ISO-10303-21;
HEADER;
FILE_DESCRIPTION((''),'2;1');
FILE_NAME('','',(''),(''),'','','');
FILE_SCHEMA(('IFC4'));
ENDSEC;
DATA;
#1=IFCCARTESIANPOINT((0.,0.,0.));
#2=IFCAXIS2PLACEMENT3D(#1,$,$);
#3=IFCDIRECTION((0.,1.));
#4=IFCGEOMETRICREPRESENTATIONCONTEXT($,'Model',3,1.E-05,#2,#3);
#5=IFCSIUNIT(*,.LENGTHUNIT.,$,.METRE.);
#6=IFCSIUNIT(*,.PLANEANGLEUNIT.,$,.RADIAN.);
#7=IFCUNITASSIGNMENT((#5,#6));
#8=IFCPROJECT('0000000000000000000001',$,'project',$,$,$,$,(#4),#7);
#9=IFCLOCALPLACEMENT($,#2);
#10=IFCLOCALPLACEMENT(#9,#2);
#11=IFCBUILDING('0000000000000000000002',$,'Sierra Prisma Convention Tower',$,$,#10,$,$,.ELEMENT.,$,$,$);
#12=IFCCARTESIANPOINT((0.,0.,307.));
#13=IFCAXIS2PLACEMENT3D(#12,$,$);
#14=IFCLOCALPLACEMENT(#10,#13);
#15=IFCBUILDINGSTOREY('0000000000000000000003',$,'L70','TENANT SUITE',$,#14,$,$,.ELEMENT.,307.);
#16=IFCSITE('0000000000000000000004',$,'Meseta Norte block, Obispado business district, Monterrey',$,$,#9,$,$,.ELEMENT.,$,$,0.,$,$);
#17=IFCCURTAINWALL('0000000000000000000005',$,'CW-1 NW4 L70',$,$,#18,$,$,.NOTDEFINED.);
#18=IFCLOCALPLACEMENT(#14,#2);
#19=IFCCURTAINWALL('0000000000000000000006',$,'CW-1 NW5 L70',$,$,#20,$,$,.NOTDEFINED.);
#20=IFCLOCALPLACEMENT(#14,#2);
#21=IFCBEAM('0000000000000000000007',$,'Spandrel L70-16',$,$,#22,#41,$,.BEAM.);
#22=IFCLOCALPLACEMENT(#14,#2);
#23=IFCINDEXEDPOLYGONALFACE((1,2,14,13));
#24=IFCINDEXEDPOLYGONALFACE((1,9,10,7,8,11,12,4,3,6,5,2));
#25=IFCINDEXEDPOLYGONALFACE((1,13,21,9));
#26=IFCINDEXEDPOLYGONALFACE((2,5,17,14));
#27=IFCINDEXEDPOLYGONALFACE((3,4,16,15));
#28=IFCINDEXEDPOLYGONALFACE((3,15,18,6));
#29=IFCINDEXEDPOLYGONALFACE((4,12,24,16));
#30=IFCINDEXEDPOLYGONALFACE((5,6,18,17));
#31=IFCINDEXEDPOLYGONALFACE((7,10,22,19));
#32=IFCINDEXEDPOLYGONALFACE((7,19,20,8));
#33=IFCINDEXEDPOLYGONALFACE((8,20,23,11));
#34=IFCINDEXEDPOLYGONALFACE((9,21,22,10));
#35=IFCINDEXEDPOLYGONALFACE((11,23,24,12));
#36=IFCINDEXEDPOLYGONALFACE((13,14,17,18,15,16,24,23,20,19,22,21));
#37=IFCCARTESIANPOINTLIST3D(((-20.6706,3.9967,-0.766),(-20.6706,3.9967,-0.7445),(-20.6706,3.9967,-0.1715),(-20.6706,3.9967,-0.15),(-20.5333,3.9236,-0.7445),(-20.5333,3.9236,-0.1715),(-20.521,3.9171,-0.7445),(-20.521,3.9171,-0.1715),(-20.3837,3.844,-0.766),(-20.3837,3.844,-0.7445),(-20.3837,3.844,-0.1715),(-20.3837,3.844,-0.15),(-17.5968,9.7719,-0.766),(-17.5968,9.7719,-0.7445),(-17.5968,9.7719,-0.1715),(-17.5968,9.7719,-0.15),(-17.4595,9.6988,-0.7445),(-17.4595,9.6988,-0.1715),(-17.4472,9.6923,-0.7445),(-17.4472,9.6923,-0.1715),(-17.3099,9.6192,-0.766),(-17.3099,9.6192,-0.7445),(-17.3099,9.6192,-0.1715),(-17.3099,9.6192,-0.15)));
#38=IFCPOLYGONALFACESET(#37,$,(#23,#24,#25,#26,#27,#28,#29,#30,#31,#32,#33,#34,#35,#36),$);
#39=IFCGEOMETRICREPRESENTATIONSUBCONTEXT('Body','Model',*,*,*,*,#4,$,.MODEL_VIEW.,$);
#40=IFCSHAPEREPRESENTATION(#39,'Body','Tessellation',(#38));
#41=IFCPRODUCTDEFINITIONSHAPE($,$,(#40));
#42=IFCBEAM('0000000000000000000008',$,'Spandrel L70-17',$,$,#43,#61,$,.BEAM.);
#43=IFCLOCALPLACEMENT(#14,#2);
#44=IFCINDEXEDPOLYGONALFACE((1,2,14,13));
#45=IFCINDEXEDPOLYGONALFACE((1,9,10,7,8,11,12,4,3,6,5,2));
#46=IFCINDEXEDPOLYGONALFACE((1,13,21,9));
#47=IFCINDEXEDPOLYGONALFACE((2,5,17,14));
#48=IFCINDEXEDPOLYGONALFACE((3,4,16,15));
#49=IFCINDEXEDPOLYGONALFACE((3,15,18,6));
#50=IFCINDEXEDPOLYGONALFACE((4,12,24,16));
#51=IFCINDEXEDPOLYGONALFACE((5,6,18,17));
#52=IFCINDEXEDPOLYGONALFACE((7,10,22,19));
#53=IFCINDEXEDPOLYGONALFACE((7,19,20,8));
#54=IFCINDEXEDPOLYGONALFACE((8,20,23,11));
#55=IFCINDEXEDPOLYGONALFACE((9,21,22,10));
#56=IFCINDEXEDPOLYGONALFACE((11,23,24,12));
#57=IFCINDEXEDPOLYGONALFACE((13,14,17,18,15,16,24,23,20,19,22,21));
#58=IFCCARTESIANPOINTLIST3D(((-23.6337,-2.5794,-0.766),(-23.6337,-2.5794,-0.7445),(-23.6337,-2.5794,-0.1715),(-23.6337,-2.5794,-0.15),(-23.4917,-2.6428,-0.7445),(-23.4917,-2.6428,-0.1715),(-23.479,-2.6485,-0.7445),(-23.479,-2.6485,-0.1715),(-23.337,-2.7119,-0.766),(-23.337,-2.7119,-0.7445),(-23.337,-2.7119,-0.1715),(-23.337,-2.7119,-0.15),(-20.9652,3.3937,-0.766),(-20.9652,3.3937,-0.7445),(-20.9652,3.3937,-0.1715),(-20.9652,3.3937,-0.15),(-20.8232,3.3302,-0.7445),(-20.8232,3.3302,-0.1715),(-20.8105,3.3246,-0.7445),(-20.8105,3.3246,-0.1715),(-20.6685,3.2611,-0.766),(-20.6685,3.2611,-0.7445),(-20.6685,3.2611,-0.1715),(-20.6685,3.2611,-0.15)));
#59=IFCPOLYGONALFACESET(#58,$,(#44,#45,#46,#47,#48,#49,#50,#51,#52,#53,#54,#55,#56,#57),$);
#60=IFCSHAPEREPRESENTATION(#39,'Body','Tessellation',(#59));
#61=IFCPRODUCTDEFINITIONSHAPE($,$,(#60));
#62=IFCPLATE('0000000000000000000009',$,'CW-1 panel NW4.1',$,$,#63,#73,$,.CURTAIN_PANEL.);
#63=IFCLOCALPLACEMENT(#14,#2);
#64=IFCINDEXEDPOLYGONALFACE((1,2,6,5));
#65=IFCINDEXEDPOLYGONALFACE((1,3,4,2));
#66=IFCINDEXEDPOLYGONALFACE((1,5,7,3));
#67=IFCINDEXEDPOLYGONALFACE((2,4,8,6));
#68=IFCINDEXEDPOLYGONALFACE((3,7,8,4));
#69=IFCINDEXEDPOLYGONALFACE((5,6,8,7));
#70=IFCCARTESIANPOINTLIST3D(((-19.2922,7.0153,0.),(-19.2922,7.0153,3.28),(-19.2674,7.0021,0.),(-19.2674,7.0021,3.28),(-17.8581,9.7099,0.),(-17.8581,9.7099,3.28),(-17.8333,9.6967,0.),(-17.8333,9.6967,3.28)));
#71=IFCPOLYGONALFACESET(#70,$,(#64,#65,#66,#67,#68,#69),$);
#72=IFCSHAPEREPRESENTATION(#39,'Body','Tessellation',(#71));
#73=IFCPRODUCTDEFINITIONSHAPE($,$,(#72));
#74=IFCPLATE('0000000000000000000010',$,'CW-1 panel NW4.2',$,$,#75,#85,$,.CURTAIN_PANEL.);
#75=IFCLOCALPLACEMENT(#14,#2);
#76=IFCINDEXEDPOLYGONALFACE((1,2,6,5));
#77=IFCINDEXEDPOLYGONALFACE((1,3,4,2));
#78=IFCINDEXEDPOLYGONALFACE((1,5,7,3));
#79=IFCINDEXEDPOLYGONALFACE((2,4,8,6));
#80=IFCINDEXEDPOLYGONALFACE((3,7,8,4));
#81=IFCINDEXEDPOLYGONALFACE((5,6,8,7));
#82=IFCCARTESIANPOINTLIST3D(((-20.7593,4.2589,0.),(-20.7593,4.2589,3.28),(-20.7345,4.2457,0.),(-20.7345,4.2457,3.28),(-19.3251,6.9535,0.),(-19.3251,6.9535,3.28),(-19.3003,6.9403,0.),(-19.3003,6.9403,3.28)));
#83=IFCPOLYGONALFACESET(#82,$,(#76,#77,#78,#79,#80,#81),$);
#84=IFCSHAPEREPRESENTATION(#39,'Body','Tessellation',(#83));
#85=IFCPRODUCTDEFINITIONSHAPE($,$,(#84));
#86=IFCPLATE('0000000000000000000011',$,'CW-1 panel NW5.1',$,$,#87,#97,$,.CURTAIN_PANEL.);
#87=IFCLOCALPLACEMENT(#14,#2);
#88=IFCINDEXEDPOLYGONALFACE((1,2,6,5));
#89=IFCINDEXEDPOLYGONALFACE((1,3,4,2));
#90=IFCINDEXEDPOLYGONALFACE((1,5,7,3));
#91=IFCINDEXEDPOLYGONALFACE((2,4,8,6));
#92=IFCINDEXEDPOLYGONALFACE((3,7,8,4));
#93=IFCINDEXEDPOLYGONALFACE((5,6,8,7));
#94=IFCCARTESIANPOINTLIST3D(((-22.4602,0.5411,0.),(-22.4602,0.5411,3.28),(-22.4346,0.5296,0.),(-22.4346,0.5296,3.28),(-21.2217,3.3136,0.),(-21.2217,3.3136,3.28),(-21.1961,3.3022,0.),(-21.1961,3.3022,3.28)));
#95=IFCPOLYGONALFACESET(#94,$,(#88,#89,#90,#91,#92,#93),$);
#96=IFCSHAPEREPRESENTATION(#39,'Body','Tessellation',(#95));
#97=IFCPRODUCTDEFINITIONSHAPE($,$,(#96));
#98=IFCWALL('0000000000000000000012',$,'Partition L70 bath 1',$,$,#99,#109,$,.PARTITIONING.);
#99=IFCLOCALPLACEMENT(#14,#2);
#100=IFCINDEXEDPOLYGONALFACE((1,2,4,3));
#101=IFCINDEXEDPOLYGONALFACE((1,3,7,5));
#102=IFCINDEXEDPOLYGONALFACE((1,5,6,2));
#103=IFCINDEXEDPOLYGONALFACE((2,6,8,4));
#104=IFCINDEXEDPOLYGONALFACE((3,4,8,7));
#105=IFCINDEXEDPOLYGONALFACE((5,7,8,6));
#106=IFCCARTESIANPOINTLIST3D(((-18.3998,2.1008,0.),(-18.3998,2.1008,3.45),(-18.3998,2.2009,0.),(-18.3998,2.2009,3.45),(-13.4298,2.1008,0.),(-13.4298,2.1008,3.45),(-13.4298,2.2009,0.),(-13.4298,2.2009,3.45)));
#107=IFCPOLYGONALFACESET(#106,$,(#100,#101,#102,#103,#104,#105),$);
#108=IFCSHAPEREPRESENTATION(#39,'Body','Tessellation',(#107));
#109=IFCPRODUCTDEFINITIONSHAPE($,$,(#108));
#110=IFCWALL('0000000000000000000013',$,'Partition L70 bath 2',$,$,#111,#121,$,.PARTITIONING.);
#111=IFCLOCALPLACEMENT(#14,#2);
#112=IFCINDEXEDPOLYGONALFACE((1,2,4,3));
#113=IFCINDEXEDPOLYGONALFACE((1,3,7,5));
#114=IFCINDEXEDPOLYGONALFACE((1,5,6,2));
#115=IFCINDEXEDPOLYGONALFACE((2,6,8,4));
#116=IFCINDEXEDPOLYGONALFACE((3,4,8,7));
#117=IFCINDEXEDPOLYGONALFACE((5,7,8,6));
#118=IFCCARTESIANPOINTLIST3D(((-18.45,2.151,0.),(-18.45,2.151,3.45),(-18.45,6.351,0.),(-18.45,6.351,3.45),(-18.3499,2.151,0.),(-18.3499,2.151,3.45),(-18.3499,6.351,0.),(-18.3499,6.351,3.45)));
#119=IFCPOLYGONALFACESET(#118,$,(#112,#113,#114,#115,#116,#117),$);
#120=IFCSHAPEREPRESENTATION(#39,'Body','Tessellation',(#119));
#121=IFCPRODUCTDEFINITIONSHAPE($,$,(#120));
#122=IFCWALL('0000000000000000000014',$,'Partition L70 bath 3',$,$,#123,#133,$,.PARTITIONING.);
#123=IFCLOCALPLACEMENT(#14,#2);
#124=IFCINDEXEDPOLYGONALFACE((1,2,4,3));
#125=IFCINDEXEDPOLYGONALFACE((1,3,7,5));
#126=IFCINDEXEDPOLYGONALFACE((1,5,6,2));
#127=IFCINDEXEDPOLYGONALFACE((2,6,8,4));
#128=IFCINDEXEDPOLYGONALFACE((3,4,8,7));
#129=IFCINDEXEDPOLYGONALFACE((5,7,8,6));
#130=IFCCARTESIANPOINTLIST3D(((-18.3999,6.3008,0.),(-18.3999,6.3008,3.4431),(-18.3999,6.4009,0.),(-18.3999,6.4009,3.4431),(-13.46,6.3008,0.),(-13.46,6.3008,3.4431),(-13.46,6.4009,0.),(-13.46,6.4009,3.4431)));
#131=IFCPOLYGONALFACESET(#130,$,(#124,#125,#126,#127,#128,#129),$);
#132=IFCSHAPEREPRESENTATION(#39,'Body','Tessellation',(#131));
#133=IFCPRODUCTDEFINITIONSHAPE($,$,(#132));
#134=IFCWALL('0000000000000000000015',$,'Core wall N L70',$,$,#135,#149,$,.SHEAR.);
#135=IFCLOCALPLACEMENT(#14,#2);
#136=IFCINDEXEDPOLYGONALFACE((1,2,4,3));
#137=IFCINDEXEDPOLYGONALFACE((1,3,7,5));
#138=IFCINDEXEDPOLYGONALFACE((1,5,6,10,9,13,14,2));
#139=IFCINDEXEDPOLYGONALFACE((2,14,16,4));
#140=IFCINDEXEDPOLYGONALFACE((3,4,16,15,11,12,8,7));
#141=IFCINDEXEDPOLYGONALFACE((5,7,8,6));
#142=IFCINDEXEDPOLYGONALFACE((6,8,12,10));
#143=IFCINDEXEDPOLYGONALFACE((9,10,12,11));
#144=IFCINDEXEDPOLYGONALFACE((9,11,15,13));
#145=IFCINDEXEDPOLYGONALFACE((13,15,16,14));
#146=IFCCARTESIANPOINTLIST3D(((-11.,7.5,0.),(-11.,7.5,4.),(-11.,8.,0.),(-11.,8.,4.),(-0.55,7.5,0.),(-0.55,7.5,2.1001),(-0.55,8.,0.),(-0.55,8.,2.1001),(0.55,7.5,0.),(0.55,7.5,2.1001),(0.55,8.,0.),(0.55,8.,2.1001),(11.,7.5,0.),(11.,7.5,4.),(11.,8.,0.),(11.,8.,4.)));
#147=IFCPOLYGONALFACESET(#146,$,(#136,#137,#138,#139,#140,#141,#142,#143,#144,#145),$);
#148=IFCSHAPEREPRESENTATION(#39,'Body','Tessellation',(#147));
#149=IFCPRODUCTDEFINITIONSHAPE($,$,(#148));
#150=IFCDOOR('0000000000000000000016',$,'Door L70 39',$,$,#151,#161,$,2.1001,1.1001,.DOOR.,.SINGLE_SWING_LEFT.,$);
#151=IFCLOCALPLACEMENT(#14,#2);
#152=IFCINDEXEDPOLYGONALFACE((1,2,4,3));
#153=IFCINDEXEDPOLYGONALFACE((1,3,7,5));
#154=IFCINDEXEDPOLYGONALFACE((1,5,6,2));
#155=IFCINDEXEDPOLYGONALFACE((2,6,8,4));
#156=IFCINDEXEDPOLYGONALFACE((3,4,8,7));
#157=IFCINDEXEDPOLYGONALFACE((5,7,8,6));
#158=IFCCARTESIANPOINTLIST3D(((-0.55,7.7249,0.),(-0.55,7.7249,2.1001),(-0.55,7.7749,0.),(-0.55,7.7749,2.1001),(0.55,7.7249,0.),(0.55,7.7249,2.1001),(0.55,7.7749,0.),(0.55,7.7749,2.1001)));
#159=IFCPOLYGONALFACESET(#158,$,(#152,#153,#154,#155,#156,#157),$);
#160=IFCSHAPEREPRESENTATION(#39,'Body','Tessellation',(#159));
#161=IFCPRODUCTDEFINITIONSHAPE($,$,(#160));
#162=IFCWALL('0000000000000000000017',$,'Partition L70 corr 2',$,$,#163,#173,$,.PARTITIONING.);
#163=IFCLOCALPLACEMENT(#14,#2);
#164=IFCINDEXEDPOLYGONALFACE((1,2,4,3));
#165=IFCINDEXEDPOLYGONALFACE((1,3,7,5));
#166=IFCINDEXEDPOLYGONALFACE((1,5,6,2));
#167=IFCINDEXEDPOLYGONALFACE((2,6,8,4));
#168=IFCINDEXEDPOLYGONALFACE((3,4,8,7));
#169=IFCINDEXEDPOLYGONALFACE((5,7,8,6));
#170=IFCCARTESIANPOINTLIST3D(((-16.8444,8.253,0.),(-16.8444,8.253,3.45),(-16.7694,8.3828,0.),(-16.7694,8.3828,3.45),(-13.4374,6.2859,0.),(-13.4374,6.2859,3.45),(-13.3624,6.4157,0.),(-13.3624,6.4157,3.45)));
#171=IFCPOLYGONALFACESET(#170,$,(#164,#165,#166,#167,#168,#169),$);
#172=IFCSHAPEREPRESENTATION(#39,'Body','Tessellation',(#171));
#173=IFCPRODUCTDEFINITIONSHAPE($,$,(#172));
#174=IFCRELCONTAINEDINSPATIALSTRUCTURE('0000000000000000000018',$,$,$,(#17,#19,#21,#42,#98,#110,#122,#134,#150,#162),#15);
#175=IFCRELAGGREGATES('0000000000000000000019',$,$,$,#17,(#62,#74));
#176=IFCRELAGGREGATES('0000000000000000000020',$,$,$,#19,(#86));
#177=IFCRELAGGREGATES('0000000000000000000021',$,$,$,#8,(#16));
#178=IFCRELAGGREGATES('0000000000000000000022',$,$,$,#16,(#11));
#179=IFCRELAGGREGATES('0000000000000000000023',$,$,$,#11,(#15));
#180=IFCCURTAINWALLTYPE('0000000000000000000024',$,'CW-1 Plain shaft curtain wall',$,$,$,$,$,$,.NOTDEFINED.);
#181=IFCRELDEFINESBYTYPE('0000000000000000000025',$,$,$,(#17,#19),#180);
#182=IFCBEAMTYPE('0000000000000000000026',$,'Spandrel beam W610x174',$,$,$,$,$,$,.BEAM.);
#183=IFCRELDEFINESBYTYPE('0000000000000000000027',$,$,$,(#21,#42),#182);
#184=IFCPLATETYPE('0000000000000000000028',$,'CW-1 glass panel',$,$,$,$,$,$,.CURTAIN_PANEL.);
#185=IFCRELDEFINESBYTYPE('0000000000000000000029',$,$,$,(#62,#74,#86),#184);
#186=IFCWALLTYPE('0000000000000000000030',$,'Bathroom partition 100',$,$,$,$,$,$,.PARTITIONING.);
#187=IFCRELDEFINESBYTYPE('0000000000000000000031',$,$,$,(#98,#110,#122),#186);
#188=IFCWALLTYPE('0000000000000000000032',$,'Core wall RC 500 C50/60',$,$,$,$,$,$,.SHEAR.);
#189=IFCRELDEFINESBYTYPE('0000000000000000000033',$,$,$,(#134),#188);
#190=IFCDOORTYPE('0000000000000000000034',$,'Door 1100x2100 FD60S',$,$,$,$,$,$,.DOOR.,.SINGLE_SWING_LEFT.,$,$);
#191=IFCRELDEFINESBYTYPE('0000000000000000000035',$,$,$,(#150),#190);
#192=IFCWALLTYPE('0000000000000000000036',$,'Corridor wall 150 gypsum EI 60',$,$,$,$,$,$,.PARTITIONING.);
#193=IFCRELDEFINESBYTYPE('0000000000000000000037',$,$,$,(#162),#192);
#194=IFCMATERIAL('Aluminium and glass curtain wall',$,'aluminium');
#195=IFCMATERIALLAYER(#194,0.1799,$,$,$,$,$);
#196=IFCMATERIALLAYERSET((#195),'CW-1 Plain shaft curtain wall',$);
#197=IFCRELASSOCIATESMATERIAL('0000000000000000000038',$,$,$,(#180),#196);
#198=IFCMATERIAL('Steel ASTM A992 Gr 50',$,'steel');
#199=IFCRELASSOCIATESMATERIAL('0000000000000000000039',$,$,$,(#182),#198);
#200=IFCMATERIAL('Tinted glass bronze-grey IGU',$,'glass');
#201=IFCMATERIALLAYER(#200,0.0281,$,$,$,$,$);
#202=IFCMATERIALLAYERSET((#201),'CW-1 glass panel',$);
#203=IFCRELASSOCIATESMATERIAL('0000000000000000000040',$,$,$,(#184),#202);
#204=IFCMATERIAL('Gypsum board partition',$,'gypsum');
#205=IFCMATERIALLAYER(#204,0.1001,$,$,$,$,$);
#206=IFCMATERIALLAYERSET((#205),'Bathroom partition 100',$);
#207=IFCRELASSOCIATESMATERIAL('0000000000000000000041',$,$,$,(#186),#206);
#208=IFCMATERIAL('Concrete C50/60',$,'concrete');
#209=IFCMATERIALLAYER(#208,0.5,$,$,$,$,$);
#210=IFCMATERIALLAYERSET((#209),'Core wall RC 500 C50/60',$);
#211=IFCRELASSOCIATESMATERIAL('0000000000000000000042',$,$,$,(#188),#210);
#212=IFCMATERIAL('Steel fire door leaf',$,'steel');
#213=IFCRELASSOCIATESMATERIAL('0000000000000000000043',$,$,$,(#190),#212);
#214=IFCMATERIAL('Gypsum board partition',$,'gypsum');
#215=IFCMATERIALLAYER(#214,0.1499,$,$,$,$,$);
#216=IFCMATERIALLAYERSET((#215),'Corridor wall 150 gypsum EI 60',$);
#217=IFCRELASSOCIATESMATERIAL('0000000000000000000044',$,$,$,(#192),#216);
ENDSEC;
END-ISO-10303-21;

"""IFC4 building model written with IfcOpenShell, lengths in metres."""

from ifc_helpers import new_model, si_unit, direction, frame, frame_2d, origin, origin_2d, place, context, subcontext, project, spatial, rectangle, i_section, extrude, material, layer, layer_set, material_profile, profile_set, type_object, element, fill, aggregate, save


model = new_model("IFC4")

# Units and contexts
model_context = context("Model", 3, precision=1e-05, world=origin(), true_north=direction((0.0, 1.0)))
body_context = subcontext(model_context, "Body", "Model", "MODEL_VIEW")
ifc_project = project(units=[si_unit("LENGTHUNIT", "METRE"), si_unit("PLANEANGLEUNIT", "RADIAN")], contexts=[model_context])

# Site, building, storey
site_placement = place(None, origin())
site = spatial("IfcSite", under=ifc_project, at=site_placement, Name="Meseta Norte block, Obispado business district, Monterrey", CompositionType="ELEMENT", RefElevation=0.0)
building_placement = place(site_placement, origin())
building = spatial("IfcBuilding", under=site, at=building_placement, Name="Sierra Prisma Convention Tower", CompositionType="ELEMENT")
storey_placement = place(building_placement, frame((0.0, 0.0, 307.0)))
storey = spatial("IfcBuildingStorey", under=building, at=storey_placement, Name="L70", Description="TENANT SUITE", CompositionType="ELEMENT", Elevation=307.0)

# Curtain wall
ifc_material_1 = material(Name="Aluminium and glass curtain wall", Category="aluminium")
ifc_layer_1 = layer(ifc_material_1, 0.1799)
ifc_layer_set_1 = layer_set([ifc_layer_1], Name="CW-1 Plain shaft curtain wall")
curtain_wall_type = type_object("IfcCurtainWallType", Name="CW-1 Plain shaft curtain wall", PredefinedType="NOTDEFINED", material=ifc_layer_set_1)
curtain_wall_1_placement = place(storey_placement, origin())
curtain_wall_1 = element("IfcCurtainWall", 1, at=curtain_wall_1_placement, inside=storey, type_object=curtain_wall_type, Name="CW-1 NW4 L70", PredefinedType="NOTDEFINED")

# Curtain wall
curtain_wall_2_placement = place(storey_placement, origin())
curtain_wall_2 = element("IfcCurtainWall", 2, at=curtain_wall_2_placement, inside=storey, type_object=curtain_wall_type, Name="CW-1 NW5 L70", PredefinedType="NOTDEFINED")

# Beams
ifc_material_2 = material(Name="Steel ASTM A992 Gr 50", Category="steel")
ifc_material_profile_1 = material_profile(ifc_material_2, i_section(OverallWidth=0.325, OverallDepth=0.616, WebThickness=0.0139, FlangeThickness=0.0215, at=origin_2d()), Name="W610x174")
ifc_profile_set_1 = profile_set([ifc_material_profile_1], Name="Steel ASTM A992 Gr 50")
beam_type_1 = type_object("IfcBeamType", Name="Spandrel beam W610x174", PredefinedType="BEAM", material=ifc_profile_set_1)
beam_1_placement = place(storey_placement, frame((-17.4534, 9.6956, -0.458), z_axis=(-0.469833, -0.882755, 0.0), x_axis=(0.882755, -0.469833, 0.0)))
element("IfcBeam", 3, at=beam_1_placement, inside=storey, type_object=beam_type_1, Name="Spandrel L70-16", PredefinedType="BEAM", context=body_context, shape_type="SweptSolid", body=[
    extrude(i_section(OverallWidth=0.325, OverallDepth=0.616, WebThickness=0.0139, FlangeThickness=0.0215, at=origin_2d()), origin(), (0.0, 0.0, 1.0), 6.5422),
])
beam_2_placement = place(storey_placement, frame((-20.8169, 3.3274, -0.458), z_axis=(-0.40789, -0.913031, 0.0), x_axis=(0.913031, -0.40789, 0.0)))
element("IfcBeam", 4, at=beam_2_placement, inside=storey, type_object=beam_type_1, Name="Spandrel L70-17", PredefinedType="BEAM", context=body_context, shape_type="SweptSolid", body=[
    extrude(i_section(OverallWidth=0.325, OverallDepth=0.616, WebThickness=0.0139, FlangeThickness=0.0215, at=origin_2d()), origin(), (0.0, 0.0, 1.0), 6.542),
])

# Plates
ifc_material_3 = material(Name="Tinted glass bronze-grey IGU", Category="glass")
ifc_layer_2 = layer(ifc_material_3, 0.0281)
ifc_layer_set_2 = layer_set([ifc_layer_2], Name="CW-1 glass panel")
plate_type = type_object("IfcPlateType", Name="CW-1 glass panel", PredefinedType="CURTAIN_PANEL", material=ifc_layer_set_2)
plate_1_placement = place(storey_placement, frame((-18.5627, 8.356, 0.0), z_axis=(0.0, 0.0, 1.0), x_axis=(-0.469833, -0.882755, 0.0)))
plate_1 = element("IfcPlate", 5, at=plate_1_placement, type_object=plate_type, Name="CW-1 panel NW4.1", PredefinedType="CURTAIN_PANEL", context=body_context, shape_type="SweptSolid", body=[
    extrude(rectangle(XDim=3.0525, YDim=0.0281, at=origin_2d()), origin(), (0.0, 0.0, 1.0), 3.28),
])
plate_2_placement = place(storey_placement, frame((-20.0298, 5.5996, 0.0), z_axis=(0.0, 0.0, 1.0), x_axis=(-0.469833, -0.882755, 0.0)))
plate_2 = element("IfcPlate", 6, at=plate_2_placement, type_object=plate_type, Name="CW-1 panel NW4.2", PredefinedType="CURTAIN_PANEL", context=body_context, shape_type="SweptSolid", body=[
    extrude(rectangle(XDim=3.0525, YDim=0.0281, at=origin_2d()), origin(), (0.0, 0.0, 1.0), 3.28),
])
aggregate(curtain_wall_1, [plate_1, plate_2])
plate_3_placement = place(storey_placement, frame((-21.8281, 1.9216, 0.0), z_axis=(0.0, 0.0, 1.0), x_axis=(-0.407858, -0.913045, 0.0)))
plate_3 = element("IfcPlate", 7, at=plate_3_placement, type_object=plate_type, Name="CW-1 panel NW5.1", PredefinedType="CURTAIN_PANEL", context=body_context, shape_type="SweptSolid", body=[
    extrude(rectangle(XDim=3.0366, YDim=0.0281, at=origin_2d()), origin(), (0.0, 0.0, 1.0), 3.28),
])
aggregate(curtain_wall_2, [plate_3])

# Walls
ifc_material_4 = material(Name="Gypsum board partition", Category="gypsum")
ifc_layer_3 = layer(ifc_material_4, 0.1001)
ifc_layer_set_3 = layer_set([ifc_layer_3], Name="Bathroom partition 100")
wall_type_1 = type_object("IfcWallType", Name="Bathroom partition 100", PredefinedType="PARTITIONING", material=ifc_layer_set_3)
wall_1_placement = place(storey_placement, frame((-13.4299, 2.1509, 0.0), z_axis=(0.0, 0.0, 1.0), x_axis=(-1.0, 0.0, 0.0)))
element("IfcWall", 8, at=wall_1_placement, inside=storey, type_object=wall_type_1, Name="Partition L70 bath 1", PredefinedType="PARTITIONING", context=body_context, shape_type="SweptSolid", body=[
    extrude(rectangle(XDim=4.97, YDim=0.1001, at=frame_2d((2.4849, 0.0))), origin(), (0.0, 0.0, 1.0), 3.45),
])
wall_2_placement = place(storey_placement, frame((-18.3999, 2.1509, 0.0), z_axis=(0.0, 0.0, 1.0), x_axis=(0.0, 1.0, 0.0)))
element("IfcWall", 9, at=wall_2_placement, inside=storey, type_object=wall_type_1, Name="Partition L70 bath 2", PredefinedType="PARTITIONING", context=body_context, shape_type="SweptSolid", body=[
    extrude(rectangle(XDim=4.2, YDim=0.1001, at=frame_2d((2.1001, 0.0))), origin(), (0.0, 0.0, 1.0), 3.45),
])
wall_3_placement = place(storey_placement, frame((-18.3999, 6.3508, 0.0), z_axis=(0.0, 0.0, 1.0), x_axis=(1.0, 0.0, 0.0)))
element("IfcWall", 10, at=wall_3_placement, inside=storey, type_object=wall_type_1, Name="Partition L70 bath 3", PredefinedType="PARTITIONING", context=body_context, shape_type="SweptSolid", body=[
    extrude(rectangle(XDim=4.9399, YDim=0.1001, at=frame_2d((2.47, 0.0))), origin(), (0.0, 0.0, 1.0), 3.4431),
])

# Wall, opening, door
ifc_material_5 = material(Name="Concrete C50/60", Category="concrete")
ifc_layer_4 = layer(ifc_material_5, 0.5)
ifc_layer_set_4 = layer_set([ifc_layer_4], Name="Core wall RC 500 C50/60")
wall_type_2 = type_object("IfcWallType", Name="Core wall RC 500 C50/60", PredefinedType="SHEAR", material=ifc_layer_set_4)
wall_4_placement = place(storey_placement, frame((-11.0, 7.75, 0.0), z_axis=(0.0, 0.0, 1.0), x_axis=(1.0, 0.0, 0.0)))
wall_4 = element("IfcWall", 11, at=wall_4_placement, inside=storey, type_object=wall_type_2, Name="Core wall N L70", PredefinedType="SHEAR", context=body_context, shape_type="SweptSolid", body=[
    extrude(rectangle(XDim=22.0, YDim=0.5, at=frame_2d((11.0, 0.0))), origin(), (0.0, 0.0, 1.0), 4.0),
])
opening_1_placement = place(wall_4_placement, frame((10.45, 0.0, 0.0)))
opening_1 = element("IfcOpeningElement", 12, at=opening_1_placement, cuts=wall_4, PredefinedType="OPENING", context=body_context, shape_type="SweptSolid", body=[
    extrude(rectangle(XDim=1.1001, YDim=2.1001, at=frame_2d((0.55, 1.05))), frame((0.0, 0.25, 0.0), z_axis=(0.0, -1.0, 0.0), x_axis=(1.0, 0.0, 0.0)), (0.0, 0.0, 1.0), 0.5),
])
ifc_material_6 = material(Name="Steel fire door leaf", Category="steel")
door_type_1 = type_object("IfcDoorType", Name="Door 1100x2100 FD60S", OperationType="SINGLE_SWING_LEFT", PredefinedType="DOOR", material=ifc_material_6)
door_1_placement = place(opening_1_placement, origin())
door_1 = element("IfcDoor", 13, at=door_1_placement, inside=storey, type_object=door_type_1, Name="Door L70 39", OperationType="SINGLE_SWING_LEFT", OverallHeight=2.1001, OverallWidth=1.1001, PredefinedType="DOOR", context=body_context, shape_type="SweptSolid", body=[
    extrude(rectangle(XDim=1.1001, YDim=2.1001, at=frame_2d((0.55, 1.05))), frame((0.0, 0.0249, 0.0), z_axis=(0.0, -1.0, 0.0), x_axis=(1.0, 0.0, 0.0)), (0.0, 0.0, 1.0), 0.05),
])
fill(opening_1, door_1)

# Wall
ifc_material_7 = material(Name="Gypsum board partition", Category="gypsum")
ifc_layer_5 = layer(ifc_material_7, 0.1499)
ifc_layer_set_5 = layer_set([ifc_layer_5], Name="Corridor wall 150 gypsum EI 60")
wall_type_3 = type_object("IfcWallType", Name="Corridor wall 150 gypsum EI 60", PredefinedType="PARTITIONING", material=ifc_layer_set_5)
wall_5_placement = place(storey_placement, frame((-16.8069, 8.3179, 0.0), z_axis=(0.0, 0.0, 1.0), x_axis=(0.866023, -0.500004, 0.0)))
element("IfcWall", 14, at=wall_5_placement, inside=storey, type_object=wall_type_3, Name="Partition L70 corr 2", PredefinedType="PARTITIONING", context=body_context, shape_type="SweptSolid", body=[
    extrude(rectangle(XDim=3.9341, YDim=0.1499, at=frame_2d((1.967, 0.0))), origin(), (0.0, 0.0, 1.0), 3.45),
])

save(model, "model.ifc")
